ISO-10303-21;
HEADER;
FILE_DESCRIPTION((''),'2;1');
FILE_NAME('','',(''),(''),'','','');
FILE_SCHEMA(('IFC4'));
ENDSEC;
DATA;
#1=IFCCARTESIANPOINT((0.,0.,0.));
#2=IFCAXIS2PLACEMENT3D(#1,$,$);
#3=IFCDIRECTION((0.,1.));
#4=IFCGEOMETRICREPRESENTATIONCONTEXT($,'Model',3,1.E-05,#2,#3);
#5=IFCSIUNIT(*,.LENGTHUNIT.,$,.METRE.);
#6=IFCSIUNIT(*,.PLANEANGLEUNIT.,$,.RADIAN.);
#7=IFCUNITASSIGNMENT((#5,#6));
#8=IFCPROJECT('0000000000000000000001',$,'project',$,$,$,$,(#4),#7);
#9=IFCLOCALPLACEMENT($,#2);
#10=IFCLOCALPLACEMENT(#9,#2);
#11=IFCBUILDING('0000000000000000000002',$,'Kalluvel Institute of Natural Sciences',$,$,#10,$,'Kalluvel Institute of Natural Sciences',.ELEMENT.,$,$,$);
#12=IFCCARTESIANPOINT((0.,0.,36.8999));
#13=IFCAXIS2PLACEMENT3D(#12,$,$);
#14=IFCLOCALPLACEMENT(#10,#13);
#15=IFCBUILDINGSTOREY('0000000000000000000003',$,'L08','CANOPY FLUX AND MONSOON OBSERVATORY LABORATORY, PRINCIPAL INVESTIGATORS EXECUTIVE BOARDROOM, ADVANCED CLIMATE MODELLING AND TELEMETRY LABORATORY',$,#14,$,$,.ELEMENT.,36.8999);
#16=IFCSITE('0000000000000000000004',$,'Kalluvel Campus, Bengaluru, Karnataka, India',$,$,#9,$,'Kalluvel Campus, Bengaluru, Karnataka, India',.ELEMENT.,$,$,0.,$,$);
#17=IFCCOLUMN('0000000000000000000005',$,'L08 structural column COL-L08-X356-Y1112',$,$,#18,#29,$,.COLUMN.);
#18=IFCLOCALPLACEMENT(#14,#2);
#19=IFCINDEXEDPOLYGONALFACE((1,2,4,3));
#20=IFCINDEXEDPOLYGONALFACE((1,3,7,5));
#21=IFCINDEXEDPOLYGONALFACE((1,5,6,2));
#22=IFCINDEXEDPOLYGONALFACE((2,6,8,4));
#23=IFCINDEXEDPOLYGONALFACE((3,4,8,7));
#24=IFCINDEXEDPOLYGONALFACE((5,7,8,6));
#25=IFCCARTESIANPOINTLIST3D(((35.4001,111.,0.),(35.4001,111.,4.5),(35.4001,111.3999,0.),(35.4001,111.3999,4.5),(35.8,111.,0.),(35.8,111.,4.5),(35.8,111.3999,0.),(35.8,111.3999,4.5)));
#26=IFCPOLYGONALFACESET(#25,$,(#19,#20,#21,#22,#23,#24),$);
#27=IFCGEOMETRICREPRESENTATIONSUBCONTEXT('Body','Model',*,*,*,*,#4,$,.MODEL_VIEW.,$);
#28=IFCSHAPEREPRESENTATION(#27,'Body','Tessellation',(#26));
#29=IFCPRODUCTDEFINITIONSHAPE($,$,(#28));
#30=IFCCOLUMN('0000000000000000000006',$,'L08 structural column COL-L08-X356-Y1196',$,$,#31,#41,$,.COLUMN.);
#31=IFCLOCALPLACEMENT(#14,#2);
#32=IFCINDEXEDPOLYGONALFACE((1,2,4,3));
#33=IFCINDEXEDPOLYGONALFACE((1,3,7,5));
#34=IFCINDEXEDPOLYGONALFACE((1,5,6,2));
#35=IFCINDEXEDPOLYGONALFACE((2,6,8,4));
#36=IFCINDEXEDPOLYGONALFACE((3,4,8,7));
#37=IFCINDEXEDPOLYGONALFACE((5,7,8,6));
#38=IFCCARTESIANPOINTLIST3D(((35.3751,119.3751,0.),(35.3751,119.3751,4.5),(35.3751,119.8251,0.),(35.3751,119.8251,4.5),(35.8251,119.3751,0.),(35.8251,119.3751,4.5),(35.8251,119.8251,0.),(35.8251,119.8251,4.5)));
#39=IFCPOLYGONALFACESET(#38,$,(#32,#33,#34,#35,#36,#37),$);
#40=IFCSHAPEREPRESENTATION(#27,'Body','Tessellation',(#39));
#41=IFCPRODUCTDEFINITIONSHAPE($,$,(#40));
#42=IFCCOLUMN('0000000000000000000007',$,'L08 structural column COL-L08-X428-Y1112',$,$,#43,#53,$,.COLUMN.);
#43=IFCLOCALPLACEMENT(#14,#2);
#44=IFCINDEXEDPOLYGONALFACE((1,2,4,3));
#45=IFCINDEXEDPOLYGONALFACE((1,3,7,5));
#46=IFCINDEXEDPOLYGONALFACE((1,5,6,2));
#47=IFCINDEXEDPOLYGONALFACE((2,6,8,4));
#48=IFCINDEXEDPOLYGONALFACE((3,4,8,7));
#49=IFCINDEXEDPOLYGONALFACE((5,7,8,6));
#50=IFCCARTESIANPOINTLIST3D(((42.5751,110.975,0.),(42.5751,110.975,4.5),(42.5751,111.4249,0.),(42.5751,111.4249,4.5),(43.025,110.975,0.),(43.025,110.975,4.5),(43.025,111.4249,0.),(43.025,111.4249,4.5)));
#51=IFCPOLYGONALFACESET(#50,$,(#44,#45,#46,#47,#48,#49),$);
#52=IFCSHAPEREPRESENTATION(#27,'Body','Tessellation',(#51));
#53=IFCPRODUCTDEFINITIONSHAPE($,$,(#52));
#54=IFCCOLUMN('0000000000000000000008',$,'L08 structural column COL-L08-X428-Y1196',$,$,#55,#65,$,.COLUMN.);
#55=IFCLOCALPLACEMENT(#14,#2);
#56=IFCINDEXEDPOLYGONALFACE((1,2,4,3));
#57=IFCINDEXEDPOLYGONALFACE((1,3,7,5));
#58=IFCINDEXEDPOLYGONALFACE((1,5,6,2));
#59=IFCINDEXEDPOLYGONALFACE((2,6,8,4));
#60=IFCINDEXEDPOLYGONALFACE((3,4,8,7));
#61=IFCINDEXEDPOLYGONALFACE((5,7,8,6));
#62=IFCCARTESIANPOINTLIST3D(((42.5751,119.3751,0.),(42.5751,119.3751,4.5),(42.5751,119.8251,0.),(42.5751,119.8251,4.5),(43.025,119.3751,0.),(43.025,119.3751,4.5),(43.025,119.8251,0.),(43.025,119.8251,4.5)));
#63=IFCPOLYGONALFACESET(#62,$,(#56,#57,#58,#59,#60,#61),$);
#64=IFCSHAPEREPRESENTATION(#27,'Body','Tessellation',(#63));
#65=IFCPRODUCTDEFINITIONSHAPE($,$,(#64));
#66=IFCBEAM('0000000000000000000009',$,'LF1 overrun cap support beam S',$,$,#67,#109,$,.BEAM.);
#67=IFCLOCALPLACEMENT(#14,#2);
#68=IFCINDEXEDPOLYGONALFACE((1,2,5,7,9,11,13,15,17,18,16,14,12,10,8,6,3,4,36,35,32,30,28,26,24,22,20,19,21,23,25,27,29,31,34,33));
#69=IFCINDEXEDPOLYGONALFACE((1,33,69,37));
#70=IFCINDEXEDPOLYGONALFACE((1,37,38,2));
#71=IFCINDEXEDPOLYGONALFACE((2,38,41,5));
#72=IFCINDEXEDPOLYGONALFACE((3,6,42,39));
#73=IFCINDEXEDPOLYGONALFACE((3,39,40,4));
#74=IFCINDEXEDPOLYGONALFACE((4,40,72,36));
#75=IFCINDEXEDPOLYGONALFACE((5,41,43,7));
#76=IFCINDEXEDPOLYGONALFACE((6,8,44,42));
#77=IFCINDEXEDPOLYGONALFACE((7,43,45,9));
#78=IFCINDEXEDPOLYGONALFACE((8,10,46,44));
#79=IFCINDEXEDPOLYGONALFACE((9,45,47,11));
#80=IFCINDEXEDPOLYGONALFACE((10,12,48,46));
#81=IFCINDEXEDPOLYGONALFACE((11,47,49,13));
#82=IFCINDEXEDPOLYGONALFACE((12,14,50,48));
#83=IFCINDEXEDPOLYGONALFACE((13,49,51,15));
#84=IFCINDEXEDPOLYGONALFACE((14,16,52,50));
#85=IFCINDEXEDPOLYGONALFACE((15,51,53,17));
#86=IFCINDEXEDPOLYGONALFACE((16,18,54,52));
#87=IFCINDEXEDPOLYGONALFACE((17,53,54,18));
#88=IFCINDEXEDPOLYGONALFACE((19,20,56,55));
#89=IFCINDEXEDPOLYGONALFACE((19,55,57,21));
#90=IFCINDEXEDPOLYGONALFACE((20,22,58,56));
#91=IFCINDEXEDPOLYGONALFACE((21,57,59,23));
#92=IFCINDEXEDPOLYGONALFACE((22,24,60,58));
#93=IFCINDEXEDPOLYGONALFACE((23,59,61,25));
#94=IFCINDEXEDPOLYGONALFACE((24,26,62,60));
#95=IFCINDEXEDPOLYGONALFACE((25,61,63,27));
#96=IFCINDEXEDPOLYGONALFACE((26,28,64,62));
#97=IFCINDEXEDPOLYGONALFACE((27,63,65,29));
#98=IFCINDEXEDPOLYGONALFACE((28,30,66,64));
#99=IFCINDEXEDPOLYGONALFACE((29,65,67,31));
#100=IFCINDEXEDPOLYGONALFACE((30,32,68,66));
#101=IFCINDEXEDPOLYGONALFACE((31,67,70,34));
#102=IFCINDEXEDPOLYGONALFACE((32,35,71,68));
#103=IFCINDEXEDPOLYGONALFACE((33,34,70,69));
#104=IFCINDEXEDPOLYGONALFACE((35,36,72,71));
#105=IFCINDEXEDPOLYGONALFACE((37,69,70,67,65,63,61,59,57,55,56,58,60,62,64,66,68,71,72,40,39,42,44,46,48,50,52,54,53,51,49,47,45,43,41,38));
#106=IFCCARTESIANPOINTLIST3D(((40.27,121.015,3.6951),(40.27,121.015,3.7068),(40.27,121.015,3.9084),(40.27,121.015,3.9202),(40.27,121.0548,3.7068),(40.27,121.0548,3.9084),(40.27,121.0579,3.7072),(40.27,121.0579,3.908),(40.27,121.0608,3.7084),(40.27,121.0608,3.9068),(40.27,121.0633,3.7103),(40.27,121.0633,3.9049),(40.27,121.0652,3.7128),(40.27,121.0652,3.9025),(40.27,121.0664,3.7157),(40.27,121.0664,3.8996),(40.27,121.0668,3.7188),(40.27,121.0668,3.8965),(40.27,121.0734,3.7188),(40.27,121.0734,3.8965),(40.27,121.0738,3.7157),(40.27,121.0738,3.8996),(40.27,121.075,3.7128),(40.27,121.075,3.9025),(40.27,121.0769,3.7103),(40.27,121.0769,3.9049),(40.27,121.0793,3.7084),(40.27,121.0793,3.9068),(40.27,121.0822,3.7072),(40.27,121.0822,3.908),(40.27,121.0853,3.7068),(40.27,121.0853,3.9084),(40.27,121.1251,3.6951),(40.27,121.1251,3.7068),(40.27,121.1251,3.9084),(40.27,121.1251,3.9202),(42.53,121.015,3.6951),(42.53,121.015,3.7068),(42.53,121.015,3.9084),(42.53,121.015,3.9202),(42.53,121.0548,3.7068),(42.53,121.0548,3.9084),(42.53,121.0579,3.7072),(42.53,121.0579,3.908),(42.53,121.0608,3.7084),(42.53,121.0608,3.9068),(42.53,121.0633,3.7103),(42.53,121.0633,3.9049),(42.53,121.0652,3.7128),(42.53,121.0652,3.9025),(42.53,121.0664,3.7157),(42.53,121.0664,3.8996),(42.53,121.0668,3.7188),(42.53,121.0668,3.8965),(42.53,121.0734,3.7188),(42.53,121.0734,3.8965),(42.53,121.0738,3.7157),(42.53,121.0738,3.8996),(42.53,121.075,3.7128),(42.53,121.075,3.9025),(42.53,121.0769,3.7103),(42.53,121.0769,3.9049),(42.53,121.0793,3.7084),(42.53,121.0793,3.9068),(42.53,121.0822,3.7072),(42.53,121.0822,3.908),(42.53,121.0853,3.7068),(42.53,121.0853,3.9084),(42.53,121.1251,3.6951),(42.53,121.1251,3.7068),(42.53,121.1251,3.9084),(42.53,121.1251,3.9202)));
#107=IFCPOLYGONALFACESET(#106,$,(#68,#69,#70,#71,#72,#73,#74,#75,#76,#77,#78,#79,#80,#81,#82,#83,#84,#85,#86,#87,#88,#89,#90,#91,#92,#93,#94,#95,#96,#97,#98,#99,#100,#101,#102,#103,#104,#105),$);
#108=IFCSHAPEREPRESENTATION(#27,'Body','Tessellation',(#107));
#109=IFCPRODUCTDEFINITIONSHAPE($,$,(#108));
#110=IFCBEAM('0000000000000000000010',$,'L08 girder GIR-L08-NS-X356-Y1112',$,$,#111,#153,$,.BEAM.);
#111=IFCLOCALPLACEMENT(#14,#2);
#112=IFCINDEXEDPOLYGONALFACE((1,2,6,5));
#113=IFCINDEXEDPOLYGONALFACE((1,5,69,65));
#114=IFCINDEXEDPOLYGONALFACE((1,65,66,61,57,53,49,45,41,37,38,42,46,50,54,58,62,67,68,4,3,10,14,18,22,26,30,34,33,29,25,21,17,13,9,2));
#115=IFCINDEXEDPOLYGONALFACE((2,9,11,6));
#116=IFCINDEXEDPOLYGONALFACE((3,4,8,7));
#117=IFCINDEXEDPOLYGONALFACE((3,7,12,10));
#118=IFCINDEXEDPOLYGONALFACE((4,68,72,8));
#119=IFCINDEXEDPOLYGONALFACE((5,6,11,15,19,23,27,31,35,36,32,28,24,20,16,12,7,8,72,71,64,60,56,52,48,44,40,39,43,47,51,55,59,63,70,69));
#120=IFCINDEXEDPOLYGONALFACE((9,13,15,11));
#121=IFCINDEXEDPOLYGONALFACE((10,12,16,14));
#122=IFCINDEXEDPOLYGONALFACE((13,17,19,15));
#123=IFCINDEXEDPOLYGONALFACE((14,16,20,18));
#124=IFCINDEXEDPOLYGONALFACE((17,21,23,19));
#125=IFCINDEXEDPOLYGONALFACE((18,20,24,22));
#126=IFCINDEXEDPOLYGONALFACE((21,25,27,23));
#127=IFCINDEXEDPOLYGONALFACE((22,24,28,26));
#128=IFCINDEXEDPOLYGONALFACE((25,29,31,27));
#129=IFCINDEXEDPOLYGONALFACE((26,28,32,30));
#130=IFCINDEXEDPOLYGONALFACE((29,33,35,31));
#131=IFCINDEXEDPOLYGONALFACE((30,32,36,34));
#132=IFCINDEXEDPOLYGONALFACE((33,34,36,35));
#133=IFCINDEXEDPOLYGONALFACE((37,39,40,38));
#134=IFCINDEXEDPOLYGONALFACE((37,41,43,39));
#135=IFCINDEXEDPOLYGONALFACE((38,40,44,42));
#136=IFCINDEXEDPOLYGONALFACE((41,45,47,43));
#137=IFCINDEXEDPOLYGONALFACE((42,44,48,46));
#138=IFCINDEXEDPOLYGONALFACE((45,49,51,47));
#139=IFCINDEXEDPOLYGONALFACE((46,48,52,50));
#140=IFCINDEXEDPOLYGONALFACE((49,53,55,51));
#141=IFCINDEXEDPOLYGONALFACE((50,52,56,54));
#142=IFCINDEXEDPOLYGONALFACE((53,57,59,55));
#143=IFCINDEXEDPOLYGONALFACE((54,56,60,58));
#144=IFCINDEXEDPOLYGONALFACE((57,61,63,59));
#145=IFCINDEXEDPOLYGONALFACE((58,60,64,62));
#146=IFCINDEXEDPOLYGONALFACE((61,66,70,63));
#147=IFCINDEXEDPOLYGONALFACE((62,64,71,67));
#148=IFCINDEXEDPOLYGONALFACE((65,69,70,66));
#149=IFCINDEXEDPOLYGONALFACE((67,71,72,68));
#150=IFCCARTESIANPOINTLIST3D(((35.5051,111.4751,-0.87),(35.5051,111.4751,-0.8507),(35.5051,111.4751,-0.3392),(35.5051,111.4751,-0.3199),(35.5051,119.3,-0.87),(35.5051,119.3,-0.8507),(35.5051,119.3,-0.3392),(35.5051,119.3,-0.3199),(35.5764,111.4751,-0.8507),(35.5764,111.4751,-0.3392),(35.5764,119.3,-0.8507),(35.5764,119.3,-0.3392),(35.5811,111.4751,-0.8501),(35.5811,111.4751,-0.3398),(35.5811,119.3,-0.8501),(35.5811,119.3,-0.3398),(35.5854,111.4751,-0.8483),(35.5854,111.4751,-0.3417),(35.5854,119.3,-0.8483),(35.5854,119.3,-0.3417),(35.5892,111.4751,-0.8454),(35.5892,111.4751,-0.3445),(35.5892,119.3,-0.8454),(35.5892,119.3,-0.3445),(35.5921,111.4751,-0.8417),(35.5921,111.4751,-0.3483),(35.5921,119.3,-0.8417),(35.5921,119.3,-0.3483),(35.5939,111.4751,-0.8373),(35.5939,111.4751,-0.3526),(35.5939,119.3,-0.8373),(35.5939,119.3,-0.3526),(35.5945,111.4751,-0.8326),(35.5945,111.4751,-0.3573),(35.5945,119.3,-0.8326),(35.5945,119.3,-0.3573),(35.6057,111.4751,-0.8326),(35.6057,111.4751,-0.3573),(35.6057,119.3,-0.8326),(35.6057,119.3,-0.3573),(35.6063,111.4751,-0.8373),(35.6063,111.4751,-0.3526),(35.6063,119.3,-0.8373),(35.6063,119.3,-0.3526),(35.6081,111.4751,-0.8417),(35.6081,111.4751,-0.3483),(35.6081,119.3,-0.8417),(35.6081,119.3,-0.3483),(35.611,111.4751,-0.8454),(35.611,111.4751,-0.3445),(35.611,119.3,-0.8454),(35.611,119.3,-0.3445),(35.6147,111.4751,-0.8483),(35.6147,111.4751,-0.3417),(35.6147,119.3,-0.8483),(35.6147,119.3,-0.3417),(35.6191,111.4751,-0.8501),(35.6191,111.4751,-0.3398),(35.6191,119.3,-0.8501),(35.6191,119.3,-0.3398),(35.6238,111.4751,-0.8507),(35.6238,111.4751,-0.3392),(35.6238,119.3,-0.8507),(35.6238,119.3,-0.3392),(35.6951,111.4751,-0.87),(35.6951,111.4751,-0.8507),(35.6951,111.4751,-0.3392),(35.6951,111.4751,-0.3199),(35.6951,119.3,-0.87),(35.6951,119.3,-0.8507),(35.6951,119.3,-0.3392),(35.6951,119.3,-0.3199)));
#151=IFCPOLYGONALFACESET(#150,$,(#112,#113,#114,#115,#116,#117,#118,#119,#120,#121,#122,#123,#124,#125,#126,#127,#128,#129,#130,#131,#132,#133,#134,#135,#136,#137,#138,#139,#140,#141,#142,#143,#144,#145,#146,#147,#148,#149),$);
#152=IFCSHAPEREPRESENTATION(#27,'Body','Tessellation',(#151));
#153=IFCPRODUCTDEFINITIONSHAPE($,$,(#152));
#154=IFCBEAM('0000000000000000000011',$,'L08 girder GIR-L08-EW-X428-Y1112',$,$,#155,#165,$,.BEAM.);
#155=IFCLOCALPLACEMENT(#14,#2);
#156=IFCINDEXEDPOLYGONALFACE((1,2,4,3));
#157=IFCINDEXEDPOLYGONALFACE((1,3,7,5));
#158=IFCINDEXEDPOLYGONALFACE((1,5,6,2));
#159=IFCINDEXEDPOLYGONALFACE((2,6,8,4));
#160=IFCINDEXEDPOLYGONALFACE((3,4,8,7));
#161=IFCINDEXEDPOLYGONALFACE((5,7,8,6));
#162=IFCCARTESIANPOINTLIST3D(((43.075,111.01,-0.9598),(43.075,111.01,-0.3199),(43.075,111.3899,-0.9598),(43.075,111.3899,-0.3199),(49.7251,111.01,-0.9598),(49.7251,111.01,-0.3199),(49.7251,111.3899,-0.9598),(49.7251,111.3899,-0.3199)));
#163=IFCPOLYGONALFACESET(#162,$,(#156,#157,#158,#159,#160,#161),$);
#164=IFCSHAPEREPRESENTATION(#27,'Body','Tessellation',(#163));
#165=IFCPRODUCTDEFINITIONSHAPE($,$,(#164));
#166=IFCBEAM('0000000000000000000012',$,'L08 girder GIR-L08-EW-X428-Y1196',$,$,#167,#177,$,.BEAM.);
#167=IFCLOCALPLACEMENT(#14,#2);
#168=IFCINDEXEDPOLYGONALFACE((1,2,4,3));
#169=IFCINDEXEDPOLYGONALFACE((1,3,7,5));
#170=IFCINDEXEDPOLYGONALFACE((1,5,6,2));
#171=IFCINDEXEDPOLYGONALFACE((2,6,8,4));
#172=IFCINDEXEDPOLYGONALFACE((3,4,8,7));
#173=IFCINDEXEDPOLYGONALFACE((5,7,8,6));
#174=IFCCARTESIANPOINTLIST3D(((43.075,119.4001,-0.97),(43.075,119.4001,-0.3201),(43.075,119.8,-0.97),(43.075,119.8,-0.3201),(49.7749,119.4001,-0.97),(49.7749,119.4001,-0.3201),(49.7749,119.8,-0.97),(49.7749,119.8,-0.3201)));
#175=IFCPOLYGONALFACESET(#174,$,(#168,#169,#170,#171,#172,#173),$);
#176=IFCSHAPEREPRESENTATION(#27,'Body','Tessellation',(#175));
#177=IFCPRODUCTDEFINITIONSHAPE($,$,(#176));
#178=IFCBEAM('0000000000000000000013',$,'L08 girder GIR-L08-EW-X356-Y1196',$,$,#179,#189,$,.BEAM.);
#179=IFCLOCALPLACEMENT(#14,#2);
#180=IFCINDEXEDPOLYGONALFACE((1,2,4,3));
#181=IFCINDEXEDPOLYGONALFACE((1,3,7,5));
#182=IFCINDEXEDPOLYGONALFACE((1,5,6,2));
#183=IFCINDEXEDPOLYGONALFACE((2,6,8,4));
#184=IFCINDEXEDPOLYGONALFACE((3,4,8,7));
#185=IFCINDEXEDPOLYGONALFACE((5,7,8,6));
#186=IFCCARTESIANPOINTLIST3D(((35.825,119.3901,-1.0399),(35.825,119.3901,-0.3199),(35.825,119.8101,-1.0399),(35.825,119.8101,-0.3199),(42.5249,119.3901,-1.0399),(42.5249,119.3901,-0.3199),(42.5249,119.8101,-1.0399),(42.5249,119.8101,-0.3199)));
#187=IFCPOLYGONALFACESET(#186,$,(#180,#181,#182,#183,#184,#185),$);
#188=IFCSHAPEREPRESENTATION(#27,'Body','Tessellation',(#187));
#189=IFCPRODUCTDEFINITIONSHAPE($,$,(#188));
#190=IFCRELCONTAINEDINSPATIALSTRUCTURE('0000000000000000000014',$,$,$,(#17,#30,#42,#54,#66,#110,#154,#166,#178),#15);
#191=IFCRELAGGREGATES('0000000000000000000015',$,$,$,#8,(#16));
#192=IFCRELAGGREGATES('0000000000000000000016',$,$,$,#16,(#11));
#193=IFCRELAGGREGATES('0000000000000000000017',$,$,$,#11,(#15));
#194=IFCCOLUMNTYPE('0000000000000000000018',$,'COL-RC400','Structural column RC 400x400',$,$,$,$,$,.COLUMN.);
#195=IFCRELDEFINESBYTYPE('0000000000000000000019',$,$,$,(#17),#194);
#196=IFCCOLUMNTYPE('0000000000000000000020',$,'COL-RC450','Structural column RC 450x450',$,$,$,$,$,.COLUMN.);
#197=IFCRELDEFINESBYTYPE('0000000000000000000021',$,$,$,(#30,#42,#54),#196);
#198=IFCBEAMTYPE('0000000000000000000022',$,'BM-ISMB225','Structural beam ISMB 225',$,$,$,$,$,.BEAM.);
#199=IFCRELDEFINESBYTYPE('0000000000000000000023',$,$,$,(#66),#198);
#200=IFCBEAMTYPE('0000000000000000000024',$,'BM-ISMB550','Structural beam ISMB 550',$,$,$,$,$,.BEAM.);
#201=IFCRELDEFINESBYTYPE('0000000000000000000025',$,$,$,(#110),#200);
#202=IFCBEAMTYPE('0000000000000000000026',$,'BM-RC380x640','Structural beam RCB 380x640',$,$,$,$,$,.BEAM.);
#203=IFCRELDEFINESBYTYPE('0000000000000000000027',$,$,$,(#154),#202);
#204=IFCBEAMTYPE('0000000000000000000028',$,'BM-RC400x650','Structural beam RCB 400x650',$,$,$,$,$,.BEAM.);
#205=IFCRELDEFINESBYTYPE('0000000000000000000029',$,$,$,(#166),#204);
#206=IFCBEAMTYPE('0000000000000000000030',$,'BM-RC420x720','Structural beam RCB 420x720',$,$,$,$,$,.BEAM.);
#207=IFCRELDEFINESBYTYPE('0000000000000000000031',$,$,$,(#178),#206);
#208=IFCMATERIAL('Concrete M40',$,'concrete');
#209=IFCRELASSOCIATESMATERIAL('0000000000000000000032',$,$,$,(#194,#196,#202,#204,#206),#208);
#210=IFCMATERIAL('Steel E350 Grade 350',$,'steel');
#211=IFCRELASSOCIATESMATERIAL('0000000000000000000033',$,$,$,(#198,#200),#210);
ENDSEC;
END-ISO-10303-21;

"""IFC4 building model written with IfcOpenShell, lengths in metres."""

from ifc_helpers import new_model, si_unit, direction, frame, origin, origin_2d, place, context, subcontext, project, spatial, rectangle, i_section, extrude, material, material_profile, profile_set, type_object, element, save


model = new_model("IFC4")

# Units and contexts
model_context = context("Model", 3, precision=1e-05, world=origin(), true_north=direction((0.0, 1.0)))
body_context = subcontext(model_context, "Body", "Model", "MODEL_VIEW")
ifc_project = project(units=[si_unit("LENGTHUNIT", "METRE"), si_unit("PLANEANGLEUNIT", "RADIAN")], contexts=[model_context])

# Site, building, storey
site_placement = place(None, origin())
site = spatial("IfcSite", under=ifc_project, at=site_placement, Name="Kalluvel Campus, Bengaluru, Karnataka, India", LongName="Kalluvel Campus, Bengaluru, Karnataka, India", CompositionType="ELEMENT", RefElevation=0.0)
building_placement = place(site_placement, origin())
building = spatial("IfcBuilding", under=site, at=building_placement, Name="Kalluvel Institute of Natural Sciences", LongName="Kalluvel Institute of Natural Sciences", CompositionType="ELEMENT")
storey_placement = place(building_placement, frame((0.0, 0.0, 36.8999)))
storey = spatial("IfcBuildingStorey", under=building, at=storey_placement, Name="L08", Description="CANOPY FLUX AND MONSOON OBSERVATORY LABORATORY, PRINCIPAL INVESTIGATORS EXECUTIVE BOARDROOM, ADVANCED CLIMATE MODELLING AND TELEMETRY LABORATORY", CompositionType="ELEMENT", Elevation=36.8999)

# Columns
ifc_material_1 = material(Name="Concrete M40", Category="concrete")
ifc_material_profile_1 = material_profile(ifc_material_1, rectangle(XDim=0.3999, YDim=0.3999, at=origin_2d()), Name="RC 400x400")
ifc_profile_set_1 = profile_set([ifc_material_profile_1], Name="Concrete M40")
column_type_1 = type_object("IfcColumnType", Name="COL-RC400", Description="Structural column RC 400x400", PredefinedType="COLUMN", material=ifc_profile_set_1)
column_placement = place(storey_placement, frame((35.6001, 111.2, 0.0), z_axis=(0.0, 0.0, 1.0), x_axis=(1.0, 0.0, 0.0)))
element("IfcColumn", 1, at=column_placement, inside=storey, type_object=column_type_1, Name="L08 structural column COL-L08-X356-Y1112", PredefinedType="COLUMN", context=body_context, shape_type="SweptSolid", body=[
    extrude(rectangle(XDim=0.3999, YDim=0.3999, at=origin_2d()), origin(), (0.0, 0.0, 1.0), 4.5),
])
ifc_material_profile_2 = material_profile(ifc_material_1, rectangle(XDim=0.45, YDim=0.45, at=origin_2d()), Name="RC 450x450")
ifc_profile_set_2 = profile_set([ifc_material_profile_2], Name="Concrete M40")
column_type_2 = type_object("IfcColumnType", Name="COL-RC450", Description="Structural column RC 450x450", PredefinedType="COLUMN", material=ifc_profile_set_2)
for number, where, z_axis, x_axis, name in (
    (2, (35.6001, 119.6001, 0.0), (0.0, 0.0, 1.0), (1.0, 0.0, 0.0), "L08 structural column COL-L08-X356-Y1196"),
    (3, (42.8, 111.2, 0.0), (0.0, 0.0, 1.0), (1.0, 0.0, 0.0), "L08 structural column COL-L08-X428-Y1112"),
    (4, (42.8, 119.6001, 0.0), (0.0, 0.0, 1.0), (1.0, 0.0, 0.0), "L08 structural column COL-L08-X428-Y1196"),
):
    element("IfcColumn", number, at=place(storey_placement, frame(where, z_axis=z_axis, x_axis=x_axis)), inside=storey, type_object=column_type_2, Name=name, PredefinedType="COLUMN", context=body_context, shape_type="SweptSolid", body=[
        extrude(rectangle(XDim=0.45, YDim=0.45, at=origin_2d()), origin(), (0.0, 0.0, 1.0), 4.5),
    ])

# Beams
ifc_material_2 = material(Name="Steel E350 Grade 350", Category="steel")
ifc_material_profile_3 = material_profile(ifc_material_2, i_section(OverallWidth=0.1101, OverallDepth=0.2251, WebThickness=0.0066, FlangeThickness=0.0117, FilletRadius=0.012, at=origin_2d()), Name="ISMB 225")
ifc_profile_set_3 = profile_set([ifc_material_profile_3], Name="Steel E350 Grade 350")
beam_type_1 = type_object("IfcBeamType", Name="BM-ISMB225", Description="Structural beam ISMB 225", PredefinedType="BEAM", material=ifc_profile_set_3)
beam_1_placement = place(storey_placement, frame((40.27, 121.0701, 3.8076), z_axis=(1.0, 0.0, 0.0), x_axis=(0.0, 1.0, 0.0)))
element("IfcBeam", 5, at=beam_1_placement, inside=storey, type_object=beam_type_1, Name="LF1 overrun cap support beam S", PredefinedType="BEAM", context=body_context, shape_type="SweptSolid", body=[
    extrude(i_section(OverallWidth=0.1101, OverallDepth=0.2251, WebThickness=0.0066, FlangeThickness=0.0117, FilletRadius=0.012, at=origin_2d()), origin(), (0.0, 0.0, 1.0), 2.26),
])
ifc_material_profile_4 = material_profile(ifc_material_2, i_section(OverallWidth=0.1899, OverallDepth=0.55, WebThickness=0.0112, FlangeThickness=0.0193, FilletRadius=0.0181, at=origin_2d()), Name="ISMB 550")
ifc_profile_set_4 = profile_set([ifc_material_profile_4], Name="Steel E350 Grade 350")
beam_type_2 = type_object("IfcBeamType", Name="BM-ISMB550", Description="Structural beam ISMB 550", PredefinedType="BEAM", material=ifc_profile_set_4)
beam_2_placement = place(storey_placement, frame((35.6001, 111.4751, -0.595), z_axis=(0.0, 1.0, 0.0), x_axis=(-1.0, 0.0, 0.0)))
element("IfcBeam", 6, at=beam_2_placement, inside=storey, type_object=beam_type_2, Name="L08 girder GIR-L08-NS-X356-Y1112", PredefinedType="BEAM", context=body_context, shape_type="SweptSolid", body=[
    extrude(i_section(OverallWidth=0.1899, OverallDepth=0.55, WebThickness=0.0112, FlangeThickness=0.0193, FilletRadius=0.0181, at=origin_2d()), origin(), (0.0, 0.0, 1.0), 7.825),
])
ifc_material_profile_5 = material_profile(ifc_material_1, rectangle(XDim=0.3799, YDim=0.6399, at=origin_2d()), Name="RCB 380x640")
ifc_profile_set_5 = profile_set([ifc_material_profile_5], Name="Concrete M40")
beam_type_3 = type_object("IfcBeamType", Name="BM-RC380x640", Description="Structural beam RCB 380x640", PredefinedType="BEAM", material=ifc_profile_set_5)
beam_3_placement = place(storey_placement, frame((43.075, 111.2, -0.6399), z_axis=(1.0, 0.0, 0.0), x_axis=(0.0, 1.0, 0.0)))
element("IfcBeam", 7, at=beam_3_placement, inside=storey, type_object=beam_type_3, Name="L08 girder GIR-L08-EW-X428-Y1112", PredefinedType="BEAM", context=body_context, shape_type="SweptSolid", body=[
    extrude(rectangle(XDim=0.3799, YDim=0.6399, at=origin_2d()), origin(), (0.0, 0.0, 1.0), 6.6501),
])
ifc_material_profile_6 = material_profile(ifc_material_1, rectangle(XDim=0.3999, YDim=0.6499, at=origin_2d()), Name="RCB 400x650")
ifc_profile_set_6 = profile_set([ifc_material_profile_6], Name="Concrete M40")
beam_type_4 = type_object("IfcBeamType", Name="BM-RC400x650", Description="Structural beam RCB 400x650", PredefinedType="BEAM", material=ifc_profile_set_6)
beam_4_placement = place(storey_placement, frame((43.075, 119.6001, -0.645), z_axis=(1.0, 0.0, 0.0), x_axis=(0.0, 1.0, 0.0)))
element("IfcBeam", 8, at=beam_4_placement, inside=storey, type_object=beam_type_4, Name="L08 girder GIR-L08-EW-X428-Y1196", PredefinedType="BEAM", context=body_context, shape_type="SweptSolid", body=[
    extrude(rectangle(XDim=0.3999, YDim=0.6499, at=origin_2d()), origin(), (0.0, 0.0, 1.0), 6.7),
])
ifc_material_profile_7 = material_profile(ifc_material_1, rectangle(XDim=0.4199, YDim=0.72, at=origin_2d()), Name="RCB 420x720")
ifc_profile_set_7 = profile_set([ifc_material_profile_7], Name="Concrete M40")
beam_type_5 = type_object("IfcBeamType", Name="BM-RC420x720", Description="Structural beam RCB 420x720", PredefinedType="BEAM", material=ifc_profile_set_7)
beam_5_placement = place(storey_placement, frame((35.825, 119.6001, -0.6799), z_axis=(1.0, 0.0, 0.0), x_axis=(0.0, 1.0, 0.0)))
element("IfcBeam", 9, at=beam_5_placement, inside=storey, type_object=beam_type_5, Name="L08 girder GIR-L08-EW-X356-Y1196", PredefinedType="BEAM", context=body_context, shape_type="SweptSolid", body=[
    extrude(rectangle(XDim=0.4199, YDim=0.72, at=origin_2d()), origin(), (0.0, 0.0, 1.0), 6.7),
])

save(model, "model.ifc")
